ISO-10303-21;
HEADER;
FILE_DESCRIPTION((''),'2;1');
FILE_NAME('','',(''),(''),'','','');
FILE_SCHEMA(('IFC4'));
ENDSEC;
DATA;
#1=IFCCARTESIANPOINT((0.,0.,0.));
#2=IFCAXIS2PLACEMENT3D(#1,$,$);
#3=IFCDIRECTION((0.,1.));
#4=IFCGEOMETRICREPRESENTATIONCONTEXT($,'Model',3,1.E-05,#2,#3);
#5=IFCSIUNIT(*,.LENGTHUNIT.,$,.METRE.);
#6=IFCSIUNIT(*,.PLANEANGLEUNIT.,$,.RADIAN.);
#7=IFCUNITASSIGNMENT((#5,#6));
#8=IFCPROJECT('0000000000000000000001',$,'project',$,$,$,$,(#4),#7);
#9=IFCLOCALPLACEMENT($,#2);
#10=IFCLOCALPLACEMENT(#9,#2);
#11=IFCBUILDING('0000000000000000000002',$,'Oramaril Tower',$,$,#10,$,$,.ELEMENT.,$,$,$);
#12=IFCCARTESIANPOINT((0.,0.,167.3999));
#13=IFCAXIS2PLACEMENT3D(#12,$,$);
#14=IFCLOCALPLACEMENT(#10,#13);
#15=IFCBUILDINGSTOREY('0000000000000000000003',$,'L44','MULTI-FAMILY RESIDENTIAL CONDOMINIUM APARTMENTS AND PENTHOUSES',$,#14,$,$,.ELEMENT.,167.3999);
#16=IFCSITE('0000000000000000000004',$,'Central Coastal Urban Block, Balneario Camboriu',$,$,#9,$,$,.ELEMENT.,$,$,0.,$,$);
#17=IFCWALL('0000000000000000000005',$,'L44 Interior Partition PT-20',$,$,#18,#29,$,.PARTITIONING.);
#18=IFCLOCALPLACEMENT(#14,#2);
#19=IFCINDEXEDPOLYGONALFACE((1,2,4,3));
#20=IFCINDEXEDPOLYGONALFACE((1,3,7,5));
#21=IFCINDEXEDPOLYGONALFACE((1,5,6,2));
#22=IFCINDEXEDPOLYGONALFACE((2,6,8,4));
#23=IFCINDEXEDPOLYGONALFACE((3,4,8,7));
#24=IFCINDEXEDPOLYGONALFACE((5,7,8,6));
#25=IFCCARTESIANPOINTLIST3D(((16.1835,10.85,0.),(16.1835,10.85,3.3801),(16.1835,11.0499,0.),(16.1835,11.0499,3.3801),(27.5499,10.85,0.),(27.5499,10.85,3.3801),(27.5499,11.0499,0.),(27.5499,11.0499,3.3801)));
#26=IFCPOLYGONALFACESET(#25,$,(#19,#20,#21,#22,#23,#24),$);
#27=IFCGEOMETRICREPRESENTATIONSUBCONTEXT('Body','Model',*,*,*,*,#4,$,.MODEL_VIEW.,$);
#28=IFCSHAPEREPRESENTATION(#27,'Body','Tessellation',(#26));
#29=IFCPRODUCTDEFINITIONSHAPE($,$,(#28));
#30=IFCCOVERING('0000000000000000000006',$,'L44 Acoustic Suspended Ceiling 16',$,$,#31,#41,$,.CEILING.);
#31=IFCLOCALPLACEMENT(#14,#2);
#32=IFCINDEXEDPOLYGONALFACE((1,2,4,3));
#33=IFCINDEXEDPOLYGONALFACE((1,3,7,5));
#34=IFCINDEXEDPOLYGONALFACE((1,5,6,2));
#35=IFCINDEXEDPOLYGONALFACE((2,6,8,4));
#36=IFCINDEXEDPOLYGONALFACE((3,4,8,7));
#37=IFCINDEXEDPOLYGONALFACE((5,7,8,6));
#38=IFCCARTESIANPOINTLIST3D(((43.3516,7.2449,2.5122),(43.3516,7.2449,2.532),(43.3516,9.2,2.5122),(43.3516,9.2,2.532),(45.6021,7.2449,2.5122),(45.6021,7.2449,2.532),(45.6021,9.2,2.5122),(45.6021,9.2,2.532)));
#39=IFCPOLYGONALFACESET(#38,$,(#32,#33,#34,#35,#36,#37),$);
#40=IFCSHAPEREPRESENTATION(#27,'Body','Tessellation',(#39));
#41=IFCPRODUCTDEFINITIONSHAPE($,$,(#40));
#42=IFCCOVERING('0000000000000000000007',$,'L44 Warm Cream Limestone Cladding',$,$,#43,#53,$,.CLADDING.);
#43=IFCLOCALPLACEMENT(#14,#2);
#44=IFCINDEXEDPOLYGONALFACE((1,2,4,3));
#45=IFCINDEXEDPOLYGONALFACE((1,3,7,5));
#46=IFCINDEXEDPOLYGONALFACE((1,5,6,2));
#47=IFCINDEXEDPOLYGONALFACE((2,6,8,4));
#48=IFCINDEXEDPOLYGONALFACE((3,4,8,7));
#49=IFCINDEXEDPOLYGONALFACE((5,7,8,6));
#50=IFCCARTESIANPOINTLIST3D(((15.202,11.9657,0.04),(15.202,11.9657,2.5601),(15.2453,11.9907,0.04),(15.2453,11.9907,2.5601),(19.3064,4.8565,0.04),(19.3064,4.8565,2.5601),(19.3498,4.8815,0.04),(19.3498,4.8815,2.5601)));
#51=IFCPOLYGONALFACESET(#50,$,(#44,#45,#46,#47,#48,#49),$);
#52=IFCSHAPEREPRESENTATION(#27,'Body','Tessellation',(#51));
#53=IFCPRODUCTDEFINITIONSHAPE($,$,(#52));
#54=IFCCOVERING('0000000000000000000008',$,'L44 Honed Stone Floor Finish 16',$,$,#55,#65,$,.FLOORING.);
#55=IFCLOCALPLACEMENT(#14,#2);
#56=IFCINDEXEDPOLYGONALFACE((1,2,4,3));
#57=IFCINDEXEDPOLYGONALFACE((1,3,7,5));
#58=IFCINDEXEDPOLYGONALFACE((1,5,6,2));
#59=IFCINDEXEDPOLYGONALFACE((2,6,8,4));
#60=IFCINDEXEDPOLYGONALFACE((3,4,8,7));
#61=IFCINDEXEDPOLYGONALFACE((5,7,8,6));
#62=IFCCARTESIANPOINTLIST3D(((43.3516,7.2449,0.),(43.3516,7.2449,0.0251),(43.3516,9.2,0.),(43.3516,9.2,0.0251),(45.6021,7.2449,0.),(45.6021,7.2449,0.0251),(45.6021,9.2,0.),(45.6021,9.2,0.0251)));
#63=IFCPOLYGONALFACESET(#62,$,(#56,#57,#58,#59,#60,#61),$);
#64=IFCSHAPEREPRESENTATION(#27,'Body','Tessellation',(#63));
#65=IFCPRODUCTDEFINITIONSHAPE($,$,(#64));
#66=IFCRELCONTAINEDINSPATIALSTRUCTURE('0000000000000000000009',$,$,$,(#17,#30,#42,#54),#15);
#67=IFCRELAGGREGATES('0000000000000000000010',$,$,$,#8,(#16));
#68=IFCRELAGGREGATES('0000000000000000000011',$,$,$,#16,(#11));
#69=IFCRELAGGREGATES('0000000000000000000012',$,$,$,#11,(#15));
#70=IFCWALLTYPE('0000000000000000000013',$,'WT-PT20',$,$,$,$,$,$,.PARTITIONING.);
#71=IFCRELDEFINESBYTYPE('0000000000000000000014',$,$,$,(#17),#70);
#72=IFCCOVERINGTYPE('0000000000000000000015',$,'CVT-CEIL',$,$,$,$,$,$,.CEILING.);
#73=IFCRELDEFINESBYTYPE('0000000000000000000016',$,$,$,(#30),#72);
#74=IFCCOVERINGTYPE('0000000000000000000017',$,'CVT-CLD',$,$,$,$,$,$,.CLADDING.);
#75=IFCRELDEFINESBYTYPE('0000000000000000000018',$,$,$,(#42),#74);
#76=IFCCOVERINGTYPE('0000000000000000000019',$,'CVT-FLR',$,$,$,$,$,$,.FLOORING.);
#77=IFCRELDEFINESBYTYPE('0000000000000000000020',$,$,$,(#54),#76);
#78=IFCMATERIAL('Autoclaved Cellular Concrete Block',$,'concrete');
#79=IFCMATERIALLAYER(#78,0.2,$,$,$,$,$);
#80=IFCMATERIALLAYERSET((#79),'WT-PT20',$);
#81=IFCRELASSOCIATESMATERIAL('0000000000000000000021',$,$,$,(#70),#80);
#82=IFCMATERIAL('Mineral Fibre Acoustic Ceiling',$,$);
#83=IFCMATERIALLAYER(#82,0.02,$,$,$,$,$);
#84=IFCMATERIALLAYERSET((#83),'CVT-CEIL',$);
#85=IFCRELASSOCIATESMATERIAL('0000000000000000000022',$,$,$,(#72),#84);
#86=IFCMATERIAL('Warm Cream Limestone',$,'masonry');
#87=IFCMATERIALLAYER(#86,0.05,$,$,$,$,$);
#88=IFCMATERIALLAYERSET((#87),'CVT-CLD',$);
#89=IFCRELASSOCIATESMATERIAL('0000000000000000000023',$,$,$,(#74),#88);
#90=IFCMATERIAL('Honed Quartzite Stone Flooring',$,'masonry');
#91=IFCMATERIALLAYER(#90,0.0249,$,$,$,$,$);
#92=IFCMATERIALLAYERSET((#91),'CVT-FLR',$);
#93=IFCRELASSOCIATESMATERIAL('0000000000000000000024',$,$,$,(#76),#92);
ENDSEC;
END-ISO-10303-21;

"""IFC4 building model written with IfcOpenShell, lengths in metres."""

from ifc_helpers import new_model, si_unit, direction, frame, frame_2d, origin, origin_2d, place, context, subcontext, project, spatial, polyline, rectangle, outline, extrude, material, layer, layer_set, type_object, element, save


model = new_model("IFC4")

# Units and contexts
model_context = context("Model", 3, precision=1e-05, world=origin(), true_north=direction((0.0, 1.0)))
body_context = subcontext(model_context, "Body", "Model", "MODEL_VIEW")
ifc_project = project(units=[si_unit("LENGTHUNIT", "METRE"), si_unit("PLANEANGLEUNIT", "RADIAN")], contexts=[model_context])

# Site, building, storey
site_placement = place(None, origin())
site = spatial("IfcSite", under=ifc_project, at=site_placement, Name="Central Coastal Urban Block, Balneario Camboriu", CompositionType="ELEMENT", RefElevation=0.0)
building_placement = place(site_placement, origin())
building = spatial("IfcBuilding", under=site, at=building_placement, Name="Oramaril Tower", CompositionType="ELEMENT")
storey_placement = place(building_placement, frame((0.0, 0.0, 167.3999)))
storey = spatial("IfcBuildingStorey", under=building, at=storey_placement, Name="L44", Description="MULTI-FAMILY RESIDENTIAL CONDOMINIUM APARTMENTS AND PENTHOUSES", CompositionType="ELEMENT", Elevation=167.3999)

# Wall
ifc_material_1 = material(Name="Autoclaved Cellular Concrete Block", Category="concrete")
ifc_layer_1 = layer(ifc_material_1, 0.2)
ifc_layer_set_1 = layer_set([ifc_layer_1], Name="WT-PT20")
wall_type_1 = type_object("IfcWallType", Name="WT-PT20", PredefinedType="PARTITIONING", material=ifc_layer_set_1)
wall_1_placement = place(storey_placement, frame((16.1836, 10.95, 0.0), z_axis=(0.0, 0.0, 1.0), x_axis=(1.0, 0.0, 0.0)))
element("IfcWall", 1, at=wall_1_placement, inside=storey, type_object=wall_type_1, Name="L44 Interior Partition PT-20", PredefinedType="PARTITIONING", context=body_context, shape_type="SweptSolid", body=[
    extrude(rectangle(XDim=11.3665, YDim=0.2, at=frame_2d((5.6831, 0.0))), origin(), (0.0, 0.0, 1.0), 3.3801),
])

# Coverings
ifc_material_2 = material(Name="Mineral Fibre Acoustic Ceiling")
ifc_layer_2 = layer(ifc_material_2, 0.02)
ifc_layer_set_2 = layer_set([ifc_layer_2], Name="CVT-CEIL")
covering_type_1 = type_object("IfcCoveringType", Name="CVT-CEIL", PredefinedType="CEILING", material=ifc_layer_set_2)
covering_1_placement = place(storey_placement, frame((0.0, 0.0, 2.5122)))
element("IfcCovering", 2, at=covering_1_placement, inside=storey, type_object=covering_type_1, Name="L44 Acoustic Suspended Ceiling 16", PredefinedType="CEILING", context=body_context, shape_type="SweptSolid", body=[
    extrude(outline(polyline([(45.6021, 7.2449), (43.3516, 7.2449), (43.3516, 9.2), (45.6021, 9.2), (45.6021, 7.2449)])), origin(), (0.0, 0.0, 1.0), 0.0198),
])
ifc_material_3 = material(Name="Warm Cream Limestone", Category="masonry")
ifc_layer_3 = layer(ifc_material_3, 0.05)
ifc_layer_set_3 = layer_set([ifc_layer_3], Name="CVT-CLD")
covering_type_2 = type_object("IfcCoveringType", Name="CVT-CLD", PredefinedType="CLADDING", material=ifc_layer_set_3)
covering_2_placement = place(storey_placement, frame((17.2759, 8.4236, 0.04), z_axis=(0.0, 0.0, 1.0), x_axis=(0.499997, -0.866027, 0.0)))
element("IfcCovering", 3, at=covering_2_placement, inside=storey, type_object=covering_type_2, Name="L44 Warm Cream Limestone Cladding", PredefinedType="CLADDING", context=body_context, shape_type="SweptSolid", body=[
    extrude(rectangle(XDim=8.209, YDim=0.05, at=origin_2d()), origin(), (0.0, 0.0, 1.0), 2.52),
])
ifc_material_4 = material(Name="Honed Quartzite Stone Flooring", Category="masonry")
ifc_layer_4 = layer(ifc_material_4, 0.0249)
ifc_layer_set_4 = layer_set([ifc_layer_4], Name="CVT-FLR")
covering_type_3 = type_object("IfcCoveringType", Name="CVT-FLR", PredefinedType="FLOORING", material=ifc_layer_set_4)
covering_3_placement = place(storey_placement, origin())
element("IfcCovering", 4, at=covering_3_placement, inside=storey, type_object=covering_type_3, Name="L44 Honed Stone Floor Finish 16", PredefinedType="FLOORING", context=body_context, shape_type="SweptSolid", body=[
    extrude(outline(polyline([(45.6021, 7.2449), (43.3516, 7.2449), (43.3516, 9.2), (45.6021, 9.2), (45.6021, 7.2449)])), origin(), (0.0, 0.0, 1.0), 0.0251),
])

save(model, "model.ifc")
